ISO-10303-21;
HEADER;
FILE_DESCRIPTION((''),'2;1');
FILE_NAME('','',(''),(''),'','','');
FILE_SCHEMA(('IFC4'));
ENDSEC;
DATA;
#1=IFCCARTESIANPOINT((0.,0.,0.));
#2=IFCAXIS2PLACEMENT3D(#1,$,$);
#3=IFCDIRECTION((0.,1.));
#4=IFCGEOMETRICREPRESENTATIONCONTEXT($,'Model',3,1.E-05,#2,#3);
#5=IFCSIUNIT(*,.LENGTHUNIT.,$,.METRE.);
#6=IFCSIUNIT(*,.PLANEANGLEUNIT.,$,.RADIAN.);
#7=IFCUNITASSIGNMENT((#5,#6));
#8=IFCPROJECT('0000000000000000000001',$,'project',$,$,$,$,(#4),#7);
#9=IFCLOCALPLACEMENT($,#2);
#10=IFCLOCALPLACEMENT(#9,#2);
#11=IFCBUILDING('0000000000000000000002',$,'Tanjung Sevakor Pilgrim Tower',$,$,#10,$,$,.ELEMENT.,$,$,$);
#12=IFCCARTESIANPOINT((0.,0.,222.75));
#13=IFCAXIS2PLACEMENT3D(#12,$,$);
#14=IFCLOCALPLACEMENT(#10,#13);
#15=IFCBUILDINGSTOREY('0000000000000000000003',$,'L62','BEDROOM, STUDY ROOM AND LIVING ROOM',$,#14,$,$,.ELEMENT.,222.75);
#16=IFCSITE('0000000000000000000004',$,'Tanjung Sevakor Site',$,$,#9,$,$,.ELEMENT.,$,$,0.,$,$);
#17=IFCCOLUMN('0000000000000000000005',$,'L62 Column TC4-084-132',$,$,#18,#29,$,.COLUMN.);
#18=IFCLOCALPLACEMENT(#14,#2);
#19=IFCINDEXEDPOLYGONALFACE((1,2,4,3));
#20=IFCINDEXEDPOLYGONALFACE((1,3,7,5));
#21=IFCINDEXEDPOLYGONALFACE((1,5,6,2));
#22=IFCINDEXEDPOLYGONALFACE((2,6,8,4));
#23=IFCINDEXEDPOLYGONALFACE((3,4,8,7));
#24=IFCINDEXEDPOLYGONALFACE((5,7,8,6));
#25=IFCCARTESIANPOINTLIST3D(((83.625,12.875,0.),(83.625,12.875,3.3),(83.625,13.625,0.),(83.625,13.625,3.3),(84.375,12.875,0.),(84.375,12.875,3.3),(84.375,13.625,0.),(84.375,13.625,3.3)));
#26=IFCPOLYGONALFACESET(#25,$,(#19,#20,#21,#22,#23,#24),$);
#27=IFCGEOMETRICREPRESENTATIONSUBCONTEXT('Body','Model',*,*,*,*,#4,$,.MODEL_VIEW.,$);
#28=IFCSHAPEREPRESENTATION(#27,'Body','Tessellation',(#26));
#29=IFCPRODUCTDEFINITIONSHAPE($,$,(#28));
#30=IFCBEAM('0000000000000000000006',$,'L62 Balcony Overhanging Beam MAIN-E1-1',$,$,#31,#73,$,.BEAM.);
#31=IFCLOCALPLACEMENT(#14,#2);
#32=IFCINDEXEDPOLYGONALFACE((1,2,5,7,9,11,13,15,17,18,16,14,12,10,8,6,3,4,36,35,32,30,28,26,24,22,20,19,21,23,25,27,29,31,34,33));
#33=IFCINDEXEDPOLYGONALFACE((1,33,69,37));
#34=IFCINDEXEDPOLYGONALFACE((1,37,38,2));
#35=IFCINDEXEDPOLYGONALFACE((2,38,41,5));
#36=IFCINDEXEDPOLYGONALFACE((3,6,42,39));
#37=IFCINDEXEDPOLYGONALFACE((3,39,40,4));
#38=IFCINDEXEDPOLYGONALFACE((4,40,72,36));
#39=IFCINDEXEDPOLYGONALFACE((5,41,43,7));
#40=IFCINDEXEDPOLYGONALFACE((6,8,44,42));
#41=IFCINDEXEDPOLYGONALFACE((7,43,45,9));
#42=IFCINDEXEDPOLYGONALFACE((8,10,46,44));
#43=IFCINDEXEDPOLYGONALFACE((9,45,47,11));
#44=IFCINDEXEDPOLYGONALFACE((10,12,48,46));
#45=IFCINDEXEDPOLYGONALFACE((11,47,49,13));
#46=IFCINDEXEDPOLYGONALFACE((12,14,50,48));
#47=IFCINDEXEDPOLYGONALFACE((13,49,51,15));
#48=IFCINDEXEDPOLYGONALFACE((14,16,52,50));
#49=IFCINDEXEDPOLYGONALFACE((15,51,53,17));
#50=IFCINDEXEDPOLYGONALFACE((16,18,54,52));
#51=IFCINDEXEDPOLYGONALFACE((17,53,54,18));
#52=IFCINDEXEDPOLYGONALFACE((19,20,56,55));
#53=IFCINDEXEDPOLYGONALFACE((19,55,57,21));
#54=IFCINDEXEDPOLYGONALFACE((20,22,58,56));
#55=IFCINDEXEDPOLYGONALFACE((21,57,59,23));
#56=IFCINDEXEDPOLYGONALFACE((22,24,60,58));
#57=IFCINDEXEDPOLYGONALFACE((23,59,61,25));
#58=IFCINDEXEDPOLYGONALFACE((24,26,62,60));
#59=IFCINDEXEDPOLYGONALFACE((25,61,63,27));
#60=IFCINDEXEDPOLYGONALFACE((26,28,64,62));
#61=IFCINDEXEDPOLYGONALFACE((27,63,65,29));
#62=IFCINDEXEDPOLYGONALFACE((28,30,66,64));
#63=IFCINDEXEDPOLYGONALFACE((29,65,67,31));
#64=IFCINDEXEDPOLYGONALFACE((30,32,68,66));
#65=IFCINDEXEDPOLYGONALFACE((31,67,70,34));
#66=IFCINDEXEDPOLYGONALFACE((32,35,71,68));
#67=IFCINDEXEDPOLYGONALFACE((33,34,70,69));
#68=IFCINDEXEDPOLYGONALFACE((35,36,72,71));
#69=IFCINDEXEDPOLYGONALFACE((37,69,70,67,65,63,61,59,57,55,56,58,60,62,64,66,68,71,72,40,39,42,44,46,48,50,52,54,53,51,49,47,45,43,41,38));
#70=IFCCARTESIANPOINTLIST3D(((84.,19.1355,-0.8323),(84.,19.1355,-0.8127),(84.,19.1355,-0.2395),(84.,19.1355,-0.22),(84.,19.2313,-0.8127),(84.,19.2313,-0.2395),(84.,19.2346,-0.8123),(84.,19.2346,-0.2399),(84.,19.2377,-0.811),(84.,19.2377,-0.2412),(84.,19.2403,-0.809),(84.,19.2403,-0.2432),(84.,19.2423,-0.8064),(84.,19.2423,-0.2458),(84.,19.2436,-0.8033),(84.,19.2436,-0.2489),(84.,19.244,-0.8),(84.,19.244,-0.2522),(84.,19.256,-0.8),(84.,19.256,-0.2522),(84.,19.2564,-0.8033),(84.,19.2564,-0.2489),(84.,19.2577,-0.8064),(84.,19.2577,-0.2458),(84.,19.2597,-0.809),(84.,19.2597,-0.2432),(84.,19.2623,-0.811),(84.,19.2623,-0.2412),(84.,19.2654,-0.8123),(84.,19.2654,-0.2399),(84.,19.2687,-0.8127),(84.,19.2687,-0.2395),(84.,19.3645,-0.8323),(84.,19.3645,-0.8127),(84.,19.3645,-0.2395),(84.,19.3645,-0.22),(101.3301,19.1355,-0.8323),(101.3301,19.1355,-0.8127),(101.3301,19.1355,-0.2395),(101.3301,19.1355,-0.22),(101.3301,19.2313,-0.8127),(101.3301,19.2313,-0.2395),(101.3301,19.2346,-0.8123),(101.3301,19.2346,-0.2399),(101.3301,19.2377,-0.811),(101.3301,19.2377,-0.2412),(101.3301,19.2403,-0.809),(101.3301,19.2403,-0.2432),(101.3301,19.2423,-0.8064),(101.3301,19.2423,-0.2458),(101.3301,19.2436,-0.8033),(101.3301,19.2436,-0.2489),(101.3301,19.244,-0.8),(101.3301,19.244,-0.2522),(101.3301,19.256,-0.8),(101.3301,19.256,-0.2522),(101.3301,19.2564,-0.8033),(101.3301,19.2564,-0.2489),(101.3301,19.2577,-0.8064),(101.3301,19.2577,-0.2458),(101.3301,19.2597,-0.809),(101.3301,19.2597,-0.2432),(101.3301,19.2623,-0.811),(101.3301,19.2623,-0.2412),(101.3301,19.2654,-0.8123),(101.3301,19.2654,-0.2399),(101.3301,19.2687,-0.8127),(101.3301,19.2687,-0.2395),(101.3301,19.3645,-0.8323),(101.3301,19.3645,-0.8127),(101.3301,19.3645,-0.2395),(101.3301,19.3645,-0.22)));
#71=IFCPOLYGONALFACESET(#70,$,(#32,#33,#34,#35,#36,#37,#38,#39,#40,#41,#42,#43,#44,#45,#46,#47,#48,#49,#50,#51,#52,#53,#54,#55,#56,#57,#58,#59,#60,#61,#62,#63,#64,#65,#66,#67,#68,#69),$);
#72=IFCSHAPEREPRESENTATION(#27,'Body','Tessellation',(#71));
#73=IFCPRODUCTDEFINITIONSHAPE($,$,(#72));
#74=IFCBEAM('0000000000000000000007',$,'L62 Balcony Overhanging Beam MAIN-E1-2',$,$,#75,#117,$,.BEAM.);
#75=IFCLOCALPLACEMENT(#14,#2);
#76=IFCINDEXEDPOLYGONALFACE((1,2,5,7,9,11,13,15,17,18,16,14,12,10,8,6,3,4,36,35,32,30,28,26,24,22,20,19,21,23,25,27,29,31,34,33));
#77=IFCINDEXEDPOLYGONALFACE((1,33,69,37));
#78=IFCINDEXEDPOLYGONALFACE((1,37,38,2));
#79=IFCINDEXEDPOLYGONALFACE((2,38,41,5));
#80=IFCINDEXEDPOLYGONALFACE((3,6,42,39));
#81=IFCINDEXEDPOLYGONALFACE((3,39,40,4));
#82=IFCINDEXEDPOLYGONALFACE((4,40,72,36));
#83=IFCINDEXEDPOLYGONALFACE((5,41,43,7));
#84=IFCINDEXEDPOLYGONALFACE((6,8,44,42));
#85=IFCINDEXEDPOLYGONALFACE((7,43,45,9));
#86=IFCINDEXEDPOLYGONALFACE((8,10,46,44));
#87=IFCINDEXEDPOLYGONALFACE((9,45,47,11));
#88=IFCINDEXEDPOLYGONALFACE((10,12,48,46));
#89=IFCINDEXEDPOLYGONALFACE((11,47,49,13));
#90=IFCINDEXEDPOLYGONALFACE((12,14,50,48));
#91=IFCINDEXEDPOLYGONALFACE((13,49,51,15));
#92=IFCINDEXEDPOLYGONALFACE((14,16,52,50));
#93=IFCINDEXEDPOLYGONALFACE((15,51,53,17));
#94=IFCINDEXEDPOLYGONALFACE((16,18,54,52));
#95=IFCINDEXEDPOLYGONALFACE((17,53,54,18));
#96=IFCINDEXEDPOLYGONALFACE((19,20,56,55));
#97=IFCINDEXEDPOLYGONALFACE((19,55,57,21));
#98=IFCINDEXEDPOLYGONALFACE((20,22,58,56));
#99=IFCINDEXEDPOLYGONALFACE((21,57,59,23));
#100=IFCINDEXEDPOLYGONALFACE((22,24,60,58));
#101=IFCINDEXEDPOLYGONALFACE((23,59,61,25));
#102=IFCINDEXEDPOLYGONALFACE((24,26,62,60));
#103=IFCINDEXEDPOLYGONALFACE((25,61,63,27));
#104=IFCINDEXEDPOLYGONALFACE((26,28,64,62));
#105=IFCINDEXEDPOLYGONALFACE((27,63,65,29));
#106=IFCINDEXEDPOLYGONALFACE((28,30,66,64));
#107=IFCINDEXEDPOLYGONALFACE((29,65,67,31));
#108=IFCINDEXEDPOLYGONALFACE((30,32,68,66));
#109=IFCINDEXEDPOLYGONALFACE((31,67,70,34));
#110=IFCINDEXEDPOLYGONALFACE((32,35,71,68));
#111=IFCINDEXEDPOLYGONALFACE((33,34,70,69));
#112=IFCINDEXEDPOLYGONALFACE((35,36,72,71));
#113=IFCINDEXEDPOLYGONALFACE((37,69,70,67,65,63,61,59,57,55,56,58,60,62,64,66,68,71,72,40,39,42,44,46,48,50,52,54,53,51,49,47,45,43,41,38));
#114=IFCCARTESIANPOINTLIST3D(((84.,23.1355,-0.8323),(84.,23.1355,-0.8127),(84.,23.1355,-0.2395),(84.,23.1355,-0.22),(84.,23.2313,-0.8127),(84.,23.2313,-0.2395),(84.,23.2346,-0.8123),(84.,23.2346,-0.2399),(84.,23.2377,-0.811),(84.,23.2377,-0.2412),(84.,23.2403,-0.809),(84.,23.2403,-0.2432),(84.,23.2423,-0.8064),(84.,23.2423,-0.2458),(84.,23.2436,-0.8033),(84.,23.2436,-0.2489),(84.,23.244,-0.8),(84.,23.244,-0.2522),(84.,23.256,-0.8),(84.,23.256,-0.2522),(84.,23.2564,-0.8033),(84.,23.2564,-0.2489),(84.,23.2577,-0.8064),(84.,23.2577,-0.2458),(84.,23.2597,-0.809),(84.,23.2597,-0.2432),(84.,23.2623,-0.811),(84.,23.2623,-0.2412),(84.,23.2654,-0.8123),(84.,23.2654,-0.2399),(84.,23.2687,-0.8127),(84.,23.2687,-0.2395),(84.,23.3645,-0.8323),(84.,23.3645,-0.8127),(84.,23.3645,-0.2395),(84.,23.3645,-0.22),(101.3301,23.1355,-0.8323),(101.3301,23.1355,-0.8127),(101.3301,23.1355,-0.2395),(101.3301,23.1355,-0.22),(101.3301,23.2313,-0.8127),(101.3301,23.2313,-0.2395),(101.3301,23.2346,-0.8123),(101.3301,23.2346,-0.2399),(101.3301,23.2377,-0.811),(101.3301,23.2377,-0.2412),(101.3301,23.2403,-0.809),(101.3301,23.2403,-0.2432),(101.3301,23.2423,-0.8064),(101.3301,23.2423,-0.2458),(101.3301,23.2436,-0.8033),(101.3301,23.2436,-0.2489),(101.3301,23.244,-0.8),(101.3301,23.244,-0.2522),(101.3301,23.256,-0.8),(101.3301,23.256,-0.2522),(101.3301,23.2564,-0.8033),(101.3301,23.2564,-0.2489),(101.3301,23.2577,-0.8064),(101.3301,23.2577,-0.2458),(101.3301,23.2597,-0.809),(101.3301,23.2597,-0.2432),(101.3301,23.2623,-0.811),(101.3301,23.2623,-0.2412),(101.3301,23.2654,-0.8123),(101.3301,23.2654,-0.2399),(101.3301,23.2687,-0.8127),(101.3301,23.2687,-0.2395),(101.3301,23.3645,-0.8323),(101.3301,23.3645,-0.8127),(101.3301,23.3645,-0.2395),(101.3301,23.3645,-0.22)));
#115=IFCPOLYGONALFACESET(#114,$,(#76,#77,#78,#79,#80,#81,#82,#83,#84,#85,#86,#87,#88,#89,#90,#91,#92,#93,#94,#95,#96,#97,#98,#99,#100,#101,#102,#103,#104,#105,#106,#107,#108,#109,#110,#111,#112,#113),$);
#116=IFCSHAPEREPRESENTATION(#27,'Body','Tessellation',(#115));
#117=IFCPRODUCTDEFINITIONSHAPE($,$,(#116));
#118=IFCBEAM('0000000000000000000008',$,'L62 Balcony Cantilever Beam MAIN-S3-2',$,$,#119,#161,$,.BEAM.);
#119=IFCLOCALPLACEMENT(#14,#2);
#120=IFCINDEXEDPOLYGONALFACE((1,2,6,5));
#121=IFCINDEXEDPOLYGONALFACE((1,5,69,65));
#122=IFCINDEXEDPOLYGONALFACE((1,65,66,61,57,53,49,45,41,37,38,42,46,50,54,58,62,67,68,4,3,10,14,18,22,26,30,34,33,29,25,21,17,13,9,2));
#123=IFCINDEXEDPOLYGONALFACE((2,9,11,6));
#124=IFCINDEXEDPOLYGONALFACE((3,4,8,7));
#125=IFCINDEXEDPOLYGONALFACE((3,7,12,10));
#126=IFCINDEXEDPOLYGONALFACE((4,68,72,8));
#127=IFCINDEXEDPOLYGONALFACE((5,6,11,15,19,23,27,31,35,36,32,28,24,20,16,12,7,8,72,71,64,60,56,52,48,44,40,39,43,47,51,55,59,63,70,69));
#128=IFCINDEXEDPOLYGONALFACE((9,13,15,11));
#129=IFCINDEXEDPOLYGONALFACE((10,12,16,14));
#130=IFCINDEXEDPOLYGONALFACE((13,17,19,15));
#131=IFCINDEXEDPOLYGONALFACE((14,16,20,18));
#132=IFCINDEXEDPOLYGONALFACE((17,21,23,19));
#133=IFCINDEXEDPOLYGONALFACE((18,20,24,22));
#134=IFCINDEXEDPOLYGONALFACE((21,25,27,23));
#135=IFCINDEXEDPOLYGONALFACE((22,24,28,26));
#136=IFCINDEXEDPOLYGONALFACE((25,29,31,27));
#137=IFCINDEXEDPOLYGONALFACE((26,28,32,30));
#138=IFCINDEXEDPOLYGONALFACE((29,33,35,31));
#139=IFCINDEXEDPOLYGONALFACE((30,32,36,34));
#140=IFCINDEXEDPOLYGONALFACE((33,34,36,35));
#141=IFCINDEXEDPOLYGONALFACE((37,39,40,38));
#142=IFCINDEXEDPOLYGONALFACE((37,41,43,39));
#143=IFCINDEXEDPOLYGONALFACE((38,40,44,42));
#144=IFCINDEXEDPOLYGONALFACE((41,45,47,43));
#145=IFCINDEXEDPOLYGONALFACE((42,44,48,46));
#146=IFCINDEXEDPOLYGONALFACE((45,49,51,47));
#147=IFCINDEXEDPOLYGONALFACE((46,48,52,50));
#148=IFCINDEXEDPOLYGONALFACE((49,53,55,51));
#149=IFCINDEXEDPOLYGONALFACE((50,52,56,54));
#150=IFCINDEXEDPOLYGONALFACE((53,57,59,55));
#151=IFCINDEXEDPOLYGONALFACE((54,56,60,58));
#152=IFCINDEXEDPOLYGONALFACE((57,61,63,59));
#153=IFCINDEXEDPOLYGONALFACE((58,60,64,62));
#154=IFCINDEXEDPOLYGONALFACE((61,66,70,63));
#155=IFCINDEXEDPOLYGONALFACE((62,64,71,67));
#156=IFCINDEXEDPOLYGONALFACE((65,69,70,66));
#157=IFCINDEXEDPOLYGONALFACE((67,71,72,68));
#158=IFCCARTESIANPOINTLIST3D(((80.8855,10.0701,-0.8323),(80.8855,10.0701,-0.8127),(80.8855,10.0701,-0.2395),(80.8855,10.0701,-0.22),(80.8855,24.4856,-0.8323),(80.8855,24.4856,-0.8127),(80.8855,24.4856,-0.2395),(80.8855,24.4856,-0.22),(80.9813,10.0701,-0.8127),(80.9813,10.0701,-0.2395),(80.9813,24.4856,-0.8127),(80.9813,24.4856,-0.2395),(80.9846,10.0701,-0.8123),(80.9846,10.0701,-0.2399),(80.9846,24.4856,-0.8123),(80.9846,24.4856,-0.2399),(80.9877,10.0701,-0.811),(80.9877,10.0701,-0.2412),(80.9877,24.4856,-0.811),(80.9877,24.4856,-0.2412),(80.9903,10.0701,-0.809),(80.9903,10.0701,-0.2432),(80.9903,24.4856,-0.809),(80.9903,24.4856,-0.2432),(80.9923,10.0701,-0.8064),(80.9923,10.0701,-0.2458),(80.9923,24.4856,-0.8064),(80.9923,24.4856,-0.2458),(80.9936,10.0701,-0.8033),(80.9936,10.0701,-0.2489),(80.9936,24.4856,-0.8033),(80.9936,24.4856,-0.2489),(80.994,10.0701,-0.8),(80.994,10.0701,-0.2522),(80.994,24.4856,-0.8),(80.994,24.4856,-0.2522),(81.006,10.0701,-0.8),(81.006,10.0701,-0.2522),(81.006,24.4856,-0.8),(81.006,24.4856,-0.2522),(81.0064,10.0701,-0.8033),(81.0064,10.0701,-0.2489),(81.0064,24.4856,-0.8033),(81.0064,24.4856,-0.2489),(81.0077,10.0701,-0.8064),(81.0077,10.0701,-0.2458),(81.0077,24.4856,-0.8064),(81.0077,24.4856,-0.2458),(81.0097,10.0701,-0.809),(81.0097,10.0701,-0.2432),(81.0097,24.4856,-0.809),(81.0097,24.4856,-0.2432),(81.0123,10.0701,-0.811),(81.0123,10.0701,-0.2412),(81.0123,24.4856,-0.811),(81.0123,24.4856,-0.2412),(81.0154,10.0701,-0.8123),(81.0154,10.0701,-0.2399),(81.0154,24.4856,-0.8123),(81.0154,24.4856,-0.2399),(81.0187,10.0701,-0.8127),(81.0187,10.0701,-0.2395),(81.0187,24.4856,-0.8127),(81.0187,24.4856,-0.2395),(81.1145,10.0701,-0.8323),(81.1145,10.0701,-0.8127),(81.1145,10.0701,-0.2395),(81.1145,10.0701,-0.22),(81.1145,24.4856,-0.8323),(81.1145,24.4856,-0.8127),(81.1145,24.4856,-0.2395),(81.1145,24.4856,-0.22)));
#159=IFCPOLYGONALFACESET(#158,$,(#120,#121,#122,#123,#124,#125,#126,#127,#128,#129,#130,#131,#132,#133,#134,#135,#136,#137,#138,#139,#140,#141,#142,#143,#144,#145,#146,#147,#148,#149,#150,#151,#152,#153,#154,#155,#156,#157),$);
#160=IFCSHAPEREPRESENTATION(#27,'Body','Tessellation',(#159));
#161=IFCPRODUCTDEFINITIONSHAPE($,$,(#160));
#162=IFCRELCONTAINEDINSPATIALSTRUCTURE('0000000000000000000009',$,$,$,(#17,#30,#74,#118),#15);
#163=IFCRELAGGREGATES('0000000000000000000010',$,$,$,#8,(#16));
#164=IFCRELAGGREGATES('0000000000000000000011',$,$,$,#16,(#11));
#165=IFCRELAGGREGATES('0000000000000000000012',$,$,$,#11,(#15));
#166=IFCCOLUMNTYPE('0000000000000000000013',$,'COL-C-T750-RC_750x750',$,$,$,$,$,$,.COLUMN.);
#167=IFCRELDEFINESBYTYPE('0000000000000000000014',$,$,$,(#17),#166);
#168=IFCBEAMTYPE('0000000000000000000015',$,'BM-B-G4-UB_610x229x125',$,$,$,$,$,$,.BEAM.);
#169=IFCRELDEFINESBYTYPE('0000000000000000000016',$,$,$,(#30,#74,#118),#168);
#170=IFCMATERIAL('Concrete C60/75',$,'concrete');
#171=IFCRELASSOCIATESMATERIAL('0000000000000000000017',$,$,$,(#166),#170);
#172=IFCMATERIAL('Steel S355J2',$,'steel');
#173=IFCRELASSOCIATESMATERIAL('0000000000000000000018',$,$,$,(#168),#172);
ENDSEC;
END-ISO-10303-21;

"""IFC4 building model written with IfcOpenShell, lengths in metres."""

from ifc_helpers import new_model, si_unit, direction, frame, origin, origin_2d, place, context, subcontext, project, spatial, rectangle, i_section, extrude, material, material_profile, profile_set, type_object, element, save


model = new_model("IFC4")

# Units and contexts
model_context = context("Model", 3, precision=1e-05, world=origin(), true_north=direction((0.0, 1.0)))
body_context = subcontext(model_context, "Body", "Model", "MODEL_VIEW")
ifc_project = project(units=[si_unit("LENGTHUNIT", "METRE"), si_unit("PLANEANGLEUNIT", "RADIAN")], contexts=[model_context])

# Site, building, storey
site_placement = place(None, origin())
site = spatial("IfcSite", under=ifc_project, at=site_placement, Name="Tanjung Sevakor Site", CompositionType="ELEMENT", RefElevation=0.0)
building_placement = place(site_placement, origin())
building = spatial("IfcBuilding", under=site, at=building_placement, Name="Tanjung Sevakor Pilgrim Tower", CompositionType="ELEMENT")
storey_placement = place(building_placement, frame((0.0, 0.0, 222.75)))
storey = spatial("IfcBuildingStorey", under=building, at=storey_placement, Name="L62", Description="BEDROOM, STUDY ROOM AND LIVING ROOM", CompositionType="ELEMENT", Elevation=222.75)

# Column
ifc_material_1 = material(Name="Concrete C60/75", Category="concrete")
ifc_material_profile_1 = material_profile(ifc_material_1, rectangle(XDim=0.75, YDim=0.75, at=origin_2d()))
ifc_profile_set_1 = profile_set([ifc_material_profile_1], Name="Concrete C60/75")
column_type = type_object("IfcColumnType", Name="COL-C-T750-RC_750x750", PredefinedType="COLUMN", material=ifc_profile_set_1)
column_placement = place(storey_placement, frame((84.0, 13.25, 0.0), z_axis=(0.0, 0.0, 1.0), x_axis=(1.0, 0.0, 0.0)))
element("IfcColumn", 1, at=column_placement, inside=storey, type_object=column_type, Name="L62 Column TC4-084-132", PredefinedType="COLUMN", context=body_context, shape_type="SweptSolid", body=[
    extrude(rectangle(XDim=0.75, YDim=0.75, at=origin_2d()), origin(), (0.0, 0.0, 1.0), 3.3),
])

# Beams
ifc_material_2 = material(Name="Steel S355J2", Category="steel")
ifc_material_profile_2 = material_profile(ifc_material_2, i_section(OverallWidth=0.229, OverallDepth=0.6123, WebThickness=0.012, FlangeThickness=0.0195, FilletRadius=0.0127, at=origin_2d()))
ifc_profile_set_2 = profile_set([ifc_material_profile_2], Name="Steel S355J2")
beam_type_1 = type_object("IfcBeamType", Name="BM-B-G4-UB_610x229x125", PredefinedType="BEAM", material=ifc_profile_set_2)
for number, where, z_axis, x_axis, name in (
    (2, (84.0, 19.25, -0.5261), (1.0, 0.0, 0.0), (0.0, 1.0, 0.0), "L62 Balcony Overhanging Beam MAIN-E1-1"),
    (3, (84.0, 23.25, -0.5261), (1.0, 0.0, 0.0), (0.0, 1.0, 0.0), "L62 Balcony Overhanging Beam MAIN-E1-2"),
):
    element("IfcBeam", number, at=place(storey_placement, frame(where, z_axis=z_axis, x_axis=x_axis)), inside=storey, type_object=beam_type_1, Name=name, PredefinedType="BEAM", context=body_context, shape_type="SweptSolid", body=[
        extrude(i_section(OverallWidth=0.229, OverallDepth=0.6123, WebThickness=0.012, FlangeThickness=0.0195, FilletRadius=0.0127, at=origin_2d()), origin(), (0.0, 0.0, 1.0), 17.3301),
    ])
beam_1_placement = place(storey_placement, frame((81.0, 24.4856, -0.5261), z_axis=(0.0, -1.0, 0.0), x_axis=(1.0, 0.0, 0.0)))
element("IfcBeam", 4, at=beam_1_placement, inside=storey, type_object=beam_type_1, Name="L62 Balcony Cantilever Beam MAIN-S3-2", PredefinedType="BEAM", context=body_context, shape_type="SweptSolid", body=[
    extrude(i_section(OverallWidth=0.229, OverallDepth=0.6123, WebThickness=0.012, FlangeThickness=0.0195, FilletRadius=0.0127, at=origin_2d()), origin(), (0.0, 0.0, 1.0), 14.4155),
])

save(model, "model.ifc")
